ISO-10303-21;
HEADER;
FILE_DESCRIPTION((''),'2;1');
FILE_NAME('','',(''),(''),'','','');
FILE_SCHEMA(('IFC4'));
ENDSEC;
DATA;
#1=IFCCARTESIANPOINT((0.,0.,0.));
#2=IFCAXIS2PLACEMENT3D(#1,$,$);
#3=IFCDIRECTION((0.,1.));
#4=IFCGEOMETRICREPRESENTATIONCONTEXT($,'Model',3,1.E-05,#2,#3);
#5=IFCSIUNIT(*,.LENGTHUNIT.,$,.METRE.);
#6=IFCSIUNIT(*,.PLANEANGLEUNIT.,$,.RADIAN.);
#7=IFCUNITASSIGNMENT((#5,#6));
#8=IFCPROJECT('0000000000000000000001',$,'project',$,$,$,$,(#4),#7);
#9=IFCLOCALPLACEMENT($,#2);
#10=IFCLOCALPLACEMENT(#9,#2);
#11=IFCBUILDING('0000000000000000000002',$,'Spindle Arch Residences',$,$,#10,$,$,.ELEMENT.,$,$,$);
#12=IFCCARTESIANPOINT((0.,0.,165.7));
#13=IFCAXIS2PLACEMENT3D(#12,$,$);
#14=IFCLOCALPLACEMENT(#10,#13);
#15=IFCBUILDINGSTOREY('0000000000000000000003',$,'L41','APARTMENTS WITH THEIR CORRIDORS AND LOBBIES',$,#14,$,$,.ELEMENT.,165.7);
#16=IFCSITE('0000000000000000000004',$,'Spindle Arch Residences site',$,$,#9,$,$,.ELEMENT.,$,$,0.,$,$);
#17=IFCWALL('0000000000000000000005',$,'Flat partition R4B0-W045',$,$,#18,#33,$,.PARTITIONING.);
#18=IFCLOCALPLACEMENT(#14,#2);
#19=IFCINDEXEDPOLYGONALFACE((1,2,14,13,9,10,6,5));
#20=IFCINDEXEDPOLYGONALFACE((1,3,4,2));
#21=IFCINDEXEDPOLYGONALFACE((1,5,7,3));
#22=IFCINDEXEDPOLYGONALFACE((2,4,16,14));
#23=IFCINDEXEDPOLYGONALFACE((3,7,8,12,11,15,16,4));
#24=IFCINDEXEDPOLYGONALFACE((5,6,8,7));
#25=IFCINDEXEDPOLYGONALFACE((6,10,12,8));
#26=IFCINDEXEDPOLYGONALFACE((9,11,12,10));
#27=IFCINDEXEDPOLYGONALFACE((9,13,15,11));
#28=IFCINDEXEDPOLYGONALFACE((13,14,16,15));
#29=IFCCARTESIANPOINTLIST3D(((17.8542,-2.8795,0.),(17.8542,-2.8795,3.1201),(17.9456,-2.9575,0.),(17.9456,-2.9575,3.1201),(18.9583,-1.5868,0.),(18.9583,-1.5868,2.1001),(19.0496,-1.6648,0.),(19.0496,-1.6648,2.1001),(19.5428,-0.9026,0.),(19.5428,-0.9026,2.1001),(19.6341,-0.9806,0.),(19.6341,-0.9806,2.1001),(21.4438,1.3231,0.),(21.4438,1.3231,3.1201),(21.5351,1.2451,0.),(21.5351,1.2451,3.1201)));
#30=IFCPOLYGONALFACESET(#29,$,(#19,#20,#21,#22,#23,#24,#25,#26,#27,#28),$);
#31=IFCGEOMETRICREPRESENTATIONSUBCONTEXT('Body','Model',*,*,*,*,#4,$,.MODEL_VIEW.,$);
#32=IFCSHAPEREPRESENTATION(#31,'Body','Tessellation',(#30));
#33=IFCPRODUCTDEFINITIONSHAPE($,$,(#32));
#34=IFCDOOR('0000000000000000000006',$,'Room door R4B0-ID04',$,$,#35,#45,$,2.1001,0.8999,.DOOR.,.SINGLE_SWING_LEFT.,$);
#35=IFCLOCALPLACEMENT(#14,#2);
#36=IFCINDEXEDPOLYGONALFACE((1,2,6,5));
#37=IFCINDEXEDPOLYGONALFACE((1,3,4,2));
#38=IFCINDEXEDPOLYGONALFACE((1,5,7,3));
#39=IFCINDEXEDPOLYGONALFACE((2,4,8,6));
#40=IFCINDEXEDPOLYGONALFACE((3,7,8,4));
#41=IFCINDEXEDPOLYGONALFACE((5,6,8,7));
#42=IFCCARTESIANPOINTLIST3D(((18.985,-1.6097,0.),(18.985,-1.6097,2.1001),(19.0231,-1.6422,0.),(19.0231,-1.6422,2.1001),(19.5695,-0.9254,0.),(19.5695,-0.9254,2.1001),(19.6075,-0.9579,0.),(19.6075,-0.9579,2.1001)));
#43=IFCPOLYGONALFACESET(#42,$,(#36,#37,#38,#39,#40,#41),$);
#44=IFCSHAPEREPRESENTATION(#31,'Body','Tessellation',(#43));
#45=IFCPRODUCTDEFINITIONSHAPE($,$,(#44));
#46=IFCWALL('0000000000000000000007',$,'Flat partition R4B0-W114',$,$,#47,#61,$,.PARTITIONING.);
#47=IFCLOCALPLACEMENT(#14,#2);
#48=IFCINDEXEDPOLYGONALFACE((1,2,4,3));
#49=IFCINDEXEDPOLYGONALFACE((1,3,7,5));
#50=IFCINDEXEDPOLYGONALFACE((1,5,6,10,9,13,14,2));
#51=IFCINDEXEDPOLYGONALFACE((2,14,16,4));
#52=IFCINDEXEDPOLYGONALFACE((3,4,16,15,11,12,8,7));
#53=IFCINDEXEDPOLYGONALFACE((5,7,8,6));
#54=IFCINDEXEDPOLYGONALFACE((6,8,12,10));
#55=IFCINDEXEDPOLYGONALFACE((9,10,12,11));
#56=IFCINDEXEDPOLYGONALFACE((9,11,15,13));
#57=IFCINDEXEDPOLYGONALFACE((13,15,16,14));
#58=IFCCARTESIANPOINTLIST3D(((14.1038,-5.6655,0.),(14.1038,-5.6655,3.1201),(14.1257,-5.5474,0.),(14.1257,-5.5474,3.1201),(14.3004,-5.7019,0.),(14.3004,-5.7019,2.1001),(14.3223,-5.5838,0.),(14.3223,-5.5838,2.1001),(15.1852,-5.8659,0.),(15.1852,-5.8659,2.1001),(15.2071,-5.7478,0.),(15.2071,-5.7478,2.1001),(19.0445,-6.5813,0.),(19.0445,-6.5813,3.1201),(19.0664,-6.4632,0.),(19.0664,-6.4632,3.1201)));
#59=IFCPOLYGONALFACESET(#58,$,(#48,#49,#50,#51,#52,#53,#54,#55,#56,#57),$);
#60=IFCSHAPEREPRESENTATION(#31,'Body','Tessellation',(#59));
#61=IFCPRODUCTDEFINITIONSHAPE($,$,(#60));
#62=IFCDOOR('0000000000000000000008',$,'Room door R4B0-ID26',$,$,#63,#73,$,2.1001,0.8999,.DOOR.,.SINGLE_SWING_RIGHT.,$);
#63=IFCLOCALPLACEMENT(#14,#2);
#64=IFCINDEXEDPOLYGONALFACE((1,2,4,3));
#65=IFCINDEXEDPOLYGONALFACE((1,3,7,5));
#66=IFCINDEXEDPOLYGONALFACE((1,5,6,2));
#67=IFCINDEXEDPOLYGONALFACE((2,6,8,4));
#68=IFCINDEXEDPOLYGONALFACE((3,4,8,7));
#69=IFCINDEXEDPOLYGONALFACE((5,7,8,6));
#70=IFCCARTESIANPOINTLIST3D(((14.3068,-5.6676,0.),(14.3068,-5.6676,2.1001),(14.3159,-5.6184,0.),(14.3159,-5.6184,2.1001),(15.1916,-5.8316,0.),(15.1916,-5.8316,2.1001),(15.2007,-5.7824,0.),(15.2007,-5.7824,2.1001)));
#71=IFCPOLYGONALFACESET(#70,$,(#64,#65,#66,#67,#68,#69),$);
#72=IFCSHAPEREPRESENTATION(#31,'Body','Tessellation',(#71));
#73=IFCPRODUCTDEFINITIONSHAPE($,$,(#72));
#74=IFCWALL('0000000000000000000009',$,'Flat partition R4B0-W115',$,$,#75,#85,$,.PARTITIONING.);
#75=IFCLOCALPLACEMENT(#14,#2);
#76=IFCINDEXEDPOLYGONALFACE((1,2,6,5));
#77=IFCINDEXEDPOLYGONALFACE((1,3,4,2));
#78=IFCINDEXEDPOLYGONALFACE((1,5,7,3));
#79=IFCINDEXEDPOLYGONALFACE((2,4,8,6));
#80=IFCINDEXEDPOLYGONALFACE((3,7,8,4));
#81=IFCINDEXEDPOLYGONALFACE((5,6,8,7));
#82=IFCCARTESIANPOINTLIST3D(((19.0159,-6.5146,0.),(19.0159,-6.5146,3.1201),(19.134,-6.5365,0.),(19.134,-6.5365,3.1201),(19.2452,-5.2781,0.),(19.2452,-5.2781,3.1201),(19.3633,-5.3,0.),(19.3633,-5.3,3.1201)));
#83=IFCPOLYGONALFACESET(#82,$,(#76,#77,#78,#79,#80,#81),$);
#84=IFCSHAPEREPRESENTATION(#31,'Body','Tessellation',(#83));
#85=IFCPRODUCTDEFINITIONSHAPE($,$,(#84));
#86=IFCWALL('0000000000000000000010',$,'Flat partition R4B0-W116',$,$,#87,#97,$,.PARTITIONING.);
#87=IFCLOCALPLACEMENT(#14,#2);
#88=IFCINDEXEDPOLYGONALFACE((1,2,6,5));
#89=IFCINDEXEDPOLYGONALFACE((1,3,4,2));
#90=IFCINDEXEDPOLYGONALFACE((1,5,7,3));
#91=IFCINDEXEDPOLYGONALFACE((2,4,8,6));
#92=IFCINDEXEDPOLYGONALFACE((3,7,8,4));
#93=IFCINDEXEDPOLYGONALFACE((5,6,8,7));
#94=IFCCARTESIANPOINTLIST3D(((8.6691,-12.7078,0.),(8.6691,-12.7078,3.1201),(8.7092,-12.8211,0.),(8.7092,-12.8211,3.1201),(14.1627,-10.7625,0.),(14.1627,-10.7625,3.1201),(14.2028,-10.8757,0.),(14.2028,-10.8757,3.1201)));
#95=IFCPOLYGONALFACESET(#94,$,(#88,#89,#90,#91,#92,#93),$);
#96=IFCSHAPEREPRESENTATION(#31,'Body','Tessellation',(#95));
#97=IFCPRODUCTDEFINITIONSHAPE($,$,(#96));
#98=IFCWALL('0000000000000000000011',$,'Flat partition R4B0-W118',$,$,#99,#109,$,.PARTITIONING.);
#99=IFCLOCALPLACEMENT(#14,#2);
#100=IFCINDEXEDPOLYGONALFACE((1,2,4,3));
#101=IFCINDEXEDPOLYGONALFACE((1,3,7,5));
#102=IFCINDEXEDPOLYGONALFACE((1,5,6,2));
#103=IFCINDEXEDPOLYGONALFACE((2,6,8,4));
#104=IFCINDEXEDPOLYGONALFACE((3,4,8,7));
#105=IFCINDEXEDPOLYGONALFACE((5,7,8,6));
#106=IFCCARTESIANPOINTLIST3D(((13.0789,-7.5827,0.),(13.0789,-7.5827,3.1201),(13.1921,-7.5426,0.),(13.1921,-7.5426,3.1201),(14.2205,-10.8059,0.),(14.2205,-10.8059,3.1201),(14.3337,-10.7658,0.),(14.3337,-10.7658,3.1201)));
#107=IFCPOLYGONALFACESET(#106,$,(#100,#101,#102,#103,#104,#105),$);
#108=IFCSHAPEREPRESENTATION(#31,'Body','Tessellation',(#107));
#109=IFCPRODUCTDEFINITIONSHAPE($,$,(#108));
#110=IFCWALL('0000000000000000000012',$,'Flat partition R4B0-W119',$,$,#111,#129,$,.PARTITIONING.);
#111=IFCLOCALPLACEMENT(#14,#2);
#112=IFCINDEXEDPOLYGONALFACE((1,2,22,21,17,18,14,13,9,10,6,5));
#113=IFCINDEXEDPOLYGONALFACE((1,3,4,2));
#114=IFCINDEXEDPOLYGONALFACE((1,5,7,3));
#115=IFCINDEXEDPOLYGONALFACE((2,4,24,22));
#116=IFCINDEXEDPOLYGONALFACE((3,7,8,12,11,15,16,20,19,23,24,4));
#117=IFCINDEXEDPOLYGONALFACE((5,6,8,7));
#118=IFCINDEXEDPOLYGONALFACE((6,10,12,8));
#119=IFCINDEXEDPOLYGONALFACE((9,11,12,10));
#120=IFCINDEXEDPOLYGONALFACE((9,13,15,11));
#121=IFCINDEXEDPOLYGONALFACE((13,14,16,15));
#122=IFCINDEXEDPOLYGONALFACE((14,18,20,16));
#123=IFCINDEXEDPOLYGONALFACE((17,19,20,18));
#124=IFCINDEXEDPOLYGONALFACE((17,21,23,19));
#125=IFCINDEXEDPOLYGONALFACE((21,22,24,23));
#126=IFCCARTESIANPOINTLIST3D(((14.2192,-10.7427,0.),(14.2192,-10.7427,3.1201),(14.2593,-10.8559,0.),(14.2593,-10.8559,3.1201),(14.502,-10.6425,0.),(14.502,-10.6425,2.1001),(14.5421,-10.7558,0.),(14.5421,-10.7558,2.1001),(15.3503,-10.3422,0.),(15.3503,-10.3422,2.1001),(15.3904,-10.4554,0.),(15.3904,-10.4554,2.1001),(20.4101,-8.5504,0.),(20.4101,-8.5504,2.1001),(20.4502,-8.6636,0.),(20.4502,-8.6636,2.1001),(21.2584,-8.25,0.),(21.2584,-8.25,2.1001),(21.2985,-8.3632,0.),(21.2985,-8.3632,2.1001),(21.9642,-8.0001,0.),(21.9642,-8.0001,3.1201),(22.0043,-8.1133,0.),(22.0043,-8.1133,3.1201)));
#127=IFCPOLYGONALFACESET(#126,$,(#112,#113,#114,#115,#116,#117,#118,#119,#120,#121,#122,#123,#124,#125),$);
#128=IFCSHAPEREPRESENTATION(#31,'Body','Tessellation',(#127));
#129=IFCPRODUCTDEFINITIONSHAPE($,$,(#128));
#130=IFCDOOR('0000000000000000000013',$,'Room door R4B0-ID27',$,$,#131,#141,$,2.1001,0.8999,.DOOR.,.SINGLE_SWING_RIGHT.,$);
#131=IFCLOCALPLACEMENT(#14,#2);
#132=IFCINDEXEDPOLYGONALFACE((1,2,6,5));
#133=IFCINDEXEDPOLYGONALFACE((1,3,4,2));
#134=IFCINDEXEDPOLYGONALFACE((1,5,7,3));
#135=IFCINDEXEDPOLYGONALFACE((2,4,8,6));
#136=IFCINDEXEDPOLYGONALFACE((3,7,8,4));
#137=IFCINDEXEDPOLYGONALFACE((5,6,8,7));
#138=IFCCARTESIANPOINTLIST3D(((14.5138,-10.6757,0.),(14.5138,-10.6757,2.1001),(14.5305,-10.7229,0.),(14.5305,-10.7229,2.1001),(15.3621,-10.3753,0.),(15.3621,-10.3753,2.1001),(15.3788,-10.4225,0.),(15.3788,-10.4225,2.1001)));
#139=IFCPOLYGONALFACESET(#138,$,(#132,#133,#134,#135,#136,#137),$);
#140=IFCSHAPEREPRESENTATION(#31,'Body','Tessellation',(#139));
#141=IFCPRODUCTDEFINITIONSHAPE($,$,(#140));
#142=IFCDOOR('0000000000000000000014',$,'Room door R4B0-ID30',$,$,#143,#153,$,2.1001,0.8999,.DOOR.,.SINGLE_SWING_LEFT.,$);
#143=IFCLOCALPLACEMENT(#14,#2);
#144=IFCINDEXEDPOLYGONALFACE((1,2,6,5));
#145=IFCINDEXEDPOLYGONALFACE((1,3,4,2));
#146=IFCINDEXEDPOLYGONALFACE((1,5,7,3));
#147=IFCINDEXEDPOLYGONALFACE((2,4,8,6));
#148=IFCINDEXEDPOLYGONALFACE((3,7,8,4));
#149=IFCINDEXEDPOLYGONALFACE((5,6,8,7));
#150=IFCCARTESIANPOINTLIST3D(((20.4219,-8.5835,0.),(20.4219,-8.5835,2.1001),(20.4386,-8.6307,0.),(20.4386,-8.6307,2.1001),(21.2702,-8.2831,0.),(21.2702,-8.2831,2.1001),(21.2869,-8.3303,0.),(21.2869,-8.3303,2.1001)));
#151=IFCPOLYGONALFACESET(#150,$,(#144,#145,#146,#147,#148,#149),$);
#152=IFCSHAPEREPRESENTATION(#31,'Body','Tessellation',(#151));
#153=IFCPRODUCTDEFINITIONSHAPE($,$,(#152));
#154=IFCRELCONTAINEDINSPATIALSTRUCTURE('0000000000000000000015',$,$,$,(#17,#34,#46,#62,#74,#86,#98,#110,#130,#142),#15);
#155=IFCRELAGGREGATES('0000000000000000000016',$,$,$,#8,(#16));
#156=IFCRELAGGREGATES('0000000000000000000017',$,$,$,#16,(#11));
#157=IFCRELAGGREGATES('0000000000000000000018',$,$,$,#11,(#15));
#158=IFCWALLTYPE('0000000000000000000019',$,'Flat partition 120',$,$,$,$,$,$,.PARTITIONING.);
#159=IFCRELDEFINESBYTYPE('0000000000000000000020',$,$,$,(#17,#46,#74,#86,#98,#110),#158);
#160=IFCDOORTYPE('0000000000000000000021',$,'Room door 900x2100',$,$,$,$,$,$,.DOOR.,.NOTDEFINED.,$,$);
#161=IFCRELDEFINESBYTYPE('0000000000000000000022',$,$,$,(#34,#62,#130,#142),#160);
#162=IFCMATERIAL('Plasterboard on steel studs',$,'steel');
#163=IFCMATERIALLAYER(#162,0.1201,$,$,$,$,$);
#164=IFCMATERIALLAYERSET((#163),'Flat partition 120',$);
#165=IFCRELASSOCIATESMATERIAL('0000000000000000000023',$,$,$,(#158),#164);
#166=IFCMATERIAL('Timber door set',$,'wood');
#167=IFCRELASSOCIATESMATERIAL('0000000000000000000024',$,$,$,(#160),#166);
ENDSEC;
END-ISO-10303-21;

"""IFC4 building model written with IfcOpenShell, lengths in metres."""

from ifc_helpers import new_model, si_unit, direction, frame, frame_2d, origin, place, context, subcontext, project, spatial, rectangle, extrude, material, layer, layer_set, type_object, element, fill, save


model = new_model("IFC4")

# Units and contexts
model_context = context("Model", 3, precision=1e-05, world=origin(), true_north=direction((0.0, 1.0)))
body_context = subcontext(model_context, "Body", "Model", "MODEL_VIEW")
ifc_project = project(units=[si_unit("LENGTHUNIT", "METRE"), si_unit("PLANEANGLEUNIT", "RADIAN")], contexts=[model_context])

# Site, building, storey
site_placement = place(None, origin())
site = spatial("IfcSite", under=ifc_project, at=site_placement, Name="Spindle Arch Residences site", CompositionType="ELEMENT", RefElevation=0.0)
building_placement = place(site_placement, origin())
building = spatial("IfcBuilding", under=site, at=building_placement, Name="Spindle Arch Residences", CompositionType="ELEMENT")
storey_placement = place(building_placement, frame((0.0, 0.0, 165.7)))
storey = spatial("IfcBuildingStorey", under=building, at=storey_placement, Name="L41", Description="APARTMENTS WITH THEIR CORRIDORS AND LOBBIES", CompositionType="ELEMENT", Elevation=165.7)

# Shared definitions
ifc_material_1 = material(Name="Plasterboard on steel studs", Category="steel")
ifc_layer_1 = layer(ifc_material_1, 0.1201)
ifc_layer_set_1 = layer_set([ifc_layer_1], Name="Flat partition 120")
wall_type_1 = type_object("IfcWallType", Name="Flat partition 120", PredefinedType="PARTITIONING", material=ifc_layer_set_1)
ifc_material_2 = material(Name="Timber door set", Category="wood")
door_type = type_object("IfcDoorType", Name="Room door 900x2100", OperationType="NOTDEFINED", PredefinedType="DOOR", material=ifc_material_2)

# Walls, openings, doors
wall_1_placement = place(storey_placement, frame((17.8999, -2.9185, 0.0), z_axis=(0.0, 0.0, 1.0), x_axis=(0.64947, 0.760387, 0.0)))
wall_1 = element("IfcWall", 1, at=wall_1_placement, inside=storey, type_object=wall_type_1, Name="Flat partition R4B0-W045", PredefinedType="PARTITIONING", context=body_context, shape_type="SweptSolid", body=[
    extrude(rectangle(XDim=5.5269, YDim=0.1201, at=frame_2d((2.7634, 0.0))), origin(), (0.0, 0.0, 1.0), 3.1201),
])
opening_1_placement = place(wall_1_placement, frame((1.7, 0.0, 0.0)))
opening_1 = element("IfcOpeningElement", 2, at=opening_1_placement, cuts=wall_1, PredefinedType="OPENING", context=body_context, shape_type="SweptSolid", body=[
    extrude(rectangle(XDim=0.8999, YDim=2.1001, at=frame_2d((0.45, 1.05))), frame((0.0, 0.0701, 0.0), z_axis=(0.0, -1.0, 0.0), x_axis=(1.0, 0.0, 0.0)), (0.0, 0.0, 1.0), 0.1401),
])
door_1_placement = place(opening_1_placement, origin())
door_1 = element("IfcDoor", 3, at=door_1_placement, inside=storey, type_object=door_type, Name="Room door R4B0-ID04", OperationType="SINGLE_SWING_LEFT", OverallHeight=2.1001, OverallWidth=0.8999, PredefinedType="DOOR", context=body_context, shape_type="SweptSolid", body=[
    extrude(rectangle(XDim=0.8999, YDim=2.1001, at=frame_2d((0.45, 1.05))), frame((0.0, 0.0249, 0.0), z_axis=(0.0, -1.0, 0.0), x_axis=(1.0, 0.0, 0.0)), (0.0, 0.0, 1.0), 0.05),
])
fill(opening_1, door_1)
wall_2_placement = place(storey_placement, frame((14.1147, -5.6064, 0.0), z_axis=(0.0, 0.0, 1.0), x_axis=(0.983252, -0.182249, 0.0)))
wall_2 = element("IfcWall", 4, at=wall_2_placement, inside=storey, type_object=wall_type_1, Name="Flat partition R4B0-W114", PredefinedType="PARTITIONING", context=body_context, shape_type="SweptSolid", body=[
    extrude(rectangle(XDim=5.0249, YDim=0.1201, at=frame_2d((2.5125, 0.0))), origin(), (0.0, 0.0, 1.0), 3.1201),
])
opening_2_placement = place(wall_2_placement, frame((0.2, 0.0, 0.0)))
opening_2 = element("IfcOpeningElement", 5, at=opening_2_placement, cuts=wall_2, PredefinedType="OPENING", context=body_context, shape_type="SweptSolid", body=[
    extrude(rectangle(XDim=0.8999, YDim=2.1001, at=frame_2d((0.45, 1.05))), frame((0.0, 0.0701, 0.0), z_axis=(0.0, -1.0, 0.0), x_axis=(1.0, 0.0, 0.0)), (0.0, 0.0, 1.0), 0.1401),
])
door_2_placement = place(opening_2_placement, origin())
door_2 = element("IfcDoor", 6, at=door_2_placement, inside=storey, type_object=door_type, Name="Room door R4B0-ID26", OperationType="SINGLE_SWING_RIGHT", OverallHeight=2.1001, OverallWidth=0.8999, PredefinedType="DOOR", context=body_context, shape_type="SweptSolid", body=[
    extrude(rectangle(XDim=0.8999, YDim=2.1001, at=frame_2d((0.45, 1.05))), frame((0.0, 0.0249, 0.0), z_axis=(0.0, -1.0, 0.0), x_axis=(1.0, 0.0, 0.0)), (0.0, 0.0, 1.0), 0.05),
])
fill(opening_2, door_2)

# Walls
wall_3_placement = place(storey_placement, frame((19.075, -6.5256, 0.0), z_axis=(0.0, 0.0, 1.0), x_axis=(0.182284, 0.983246, 0.0)))
element("IfcWall", 7, at=wall_3_placement, inside=storey, type_object=wall_type_1, Name="Flat partition R4B0-W115", PredefinedType="PARTITIONING", context=body_context, shape_type="SweptSolid", body=[
    extrude(rectangle(XDim=1.2576, YDim=0.1201, at=frame_2d((0.6289, 0.0))), origin(), (0.0, 0.0, 1.0), 3.1201),
])
wall_4_placement = place(storey_placement, frame((14.1829, -10.8191, 0.0), z_axis=(0.0, 0.0, 1.0), x_axis=(-0.942646, -0.333793, 0.0)))
element("IfcWall", 8, at=wall_4_placement, inside=storey, type_object=wall_type_1, Name="Flat partition R4B0-W116", PredefinedType="PARTITIONING", context=body_context, shape_type="SweptSolid", body=[
    extrude(rectangle(XDim=5.8279, YDim=0.1201, at=frame_2d((2.9141, 0.0))), origin(), (0.0, 0.0, 1.0), 3.1201),
])
wall_5_placement = place(storey_placement, frame((14.2771, -10.7859, 0.0), z_axis=(0.0, 0.0, 1.0), x_axis=(-0.333866, 0.942621, 0.0)))
element("IfcWall", 9, at=wall_5_placement, inside=storey, type_object=wall_type_1, Name="Flat partition R4B0-W118", PredefinedType="PARTITIONING", context=body_context, shape_type="SweptSolid", body=[
    extrude(rectangle(XDim=3.4194, YDim=0.1201, at=frame_2d((1.7097, 0.0))), origin(), (0.0, 0.0, 1.0), 3.1201),
])

# Wall, openings, doors
wall_6_placement = place(storey_placement, frame((14.2393, -10.7993, 0.0), z_axis=(0.0, 0.0, 1.0), x_axis=(0.942642, 0.333805, 0.0)))
wall_6 = element("IfcWall", 10, at=wall_6_placement, inside=storey, type_object=wall_type_1, Name="Flat partition R4B0-W119", PredefinedType="PARTITIONING", context=body_context, shape_type="SweptSolid", body=[
    extrude(rectangle(XDim=8.2163, YDim=0.1201, at=frame_2d((4.1082, 0.0))), origin(), (0.0, 0.0, 1.0), 3.1201),
])
opening_3_placement = place(wall_6_placement, frame((0.3, 0.0, 0.0)))
opening_3 = element("IfcOpeningElement", 11, at=opening_3_placement, cuts=wall_6, PredefinedType="OPENING", context=body_context, shape_type="SweptSolid", body=[
    extrude(rectangle(XDim=0.8999, YDim=2.1001, at=frame_2d((0.45, 1.05))), frame((0.0, 0.0701, 0.0), z_axis=(0.0, -1.0, 0.0), x_axis=(1.0, 0.0, 0.0)), (0.0, 0.0, 1.0), 0.1401),
])
opening_4_placement = place(wall_6_placement, frame((6.5676, 0.0, 0.0)))
opening_4 = element("IfcOpeningElement", 12, at=opening_4_placement, cuts=wall_6, PredefinedType="OPENING", context=body_context, shape_type="SweptSolid", body=[
    extrude(rectangle(XDim=0.8999, YDim=2.1001, at=frame_2d((0.45, 1.05))), frame((0.0, 0.0701, 0.0), z_axis=(0.0, -1.0, 0.0), x_axis=(1.0, 0.0, 0.0)), (0.0, 0.0, 1.0), 0.1401),
])
door_3_placement = place(opening_3_placement, origin())
door_3 = element("IfcDoor", 13, at=door_3_placement, inside=storey, type_object=door_type, Name="Room door R4B0-ID27", OperationType="SINGLE_SWING_RIGHT", OverallHeight=2.1001, OverallWidth=0.8999, PredefinedType="DOOR", context=body_context, shape_type="SweptSolid", body=[
    extrude(rectangle(XDim=0.8999, YDim=2.1001, at=frame_2d((0.45, 1.05))), frame((0.0, 0.0249, 0.0), z_axis=(0.0, -1.0, 0.0), x_axis=(1.0, 0.0, 0.0)), (0.0, 0.0, 1.0), 0.05),
])
fill(opening_3, door_3)
door_4_placement = place(opening_4_placement, origin())
door_4 = element("IfcDoor", 14, at=door_4_placement, inside=storey, type_object=door_type, Name="Room door R4B0-ID30", OperationType="SINGLE_SWING_LEFT", OverallHeight=2.1001, OverallWidth=0.8999, PredefinedType="DOOR", context=body_context, shape_type="SweptSolid", body=[
    extrude(rectangle(XDim=0.8999, YDim=2.1001, at=frame_2d((0.45, 1.05))), frame((0.0, 0.0249, 0.0), z_axis=(0.0, -1.0, 0.0), x_axis=(1.0, 0.0, 0.0)), (0.0, 0.0, 1.0), 0.05),
])
fill(opening_4, door_4)

save(model, "model.ifc")
